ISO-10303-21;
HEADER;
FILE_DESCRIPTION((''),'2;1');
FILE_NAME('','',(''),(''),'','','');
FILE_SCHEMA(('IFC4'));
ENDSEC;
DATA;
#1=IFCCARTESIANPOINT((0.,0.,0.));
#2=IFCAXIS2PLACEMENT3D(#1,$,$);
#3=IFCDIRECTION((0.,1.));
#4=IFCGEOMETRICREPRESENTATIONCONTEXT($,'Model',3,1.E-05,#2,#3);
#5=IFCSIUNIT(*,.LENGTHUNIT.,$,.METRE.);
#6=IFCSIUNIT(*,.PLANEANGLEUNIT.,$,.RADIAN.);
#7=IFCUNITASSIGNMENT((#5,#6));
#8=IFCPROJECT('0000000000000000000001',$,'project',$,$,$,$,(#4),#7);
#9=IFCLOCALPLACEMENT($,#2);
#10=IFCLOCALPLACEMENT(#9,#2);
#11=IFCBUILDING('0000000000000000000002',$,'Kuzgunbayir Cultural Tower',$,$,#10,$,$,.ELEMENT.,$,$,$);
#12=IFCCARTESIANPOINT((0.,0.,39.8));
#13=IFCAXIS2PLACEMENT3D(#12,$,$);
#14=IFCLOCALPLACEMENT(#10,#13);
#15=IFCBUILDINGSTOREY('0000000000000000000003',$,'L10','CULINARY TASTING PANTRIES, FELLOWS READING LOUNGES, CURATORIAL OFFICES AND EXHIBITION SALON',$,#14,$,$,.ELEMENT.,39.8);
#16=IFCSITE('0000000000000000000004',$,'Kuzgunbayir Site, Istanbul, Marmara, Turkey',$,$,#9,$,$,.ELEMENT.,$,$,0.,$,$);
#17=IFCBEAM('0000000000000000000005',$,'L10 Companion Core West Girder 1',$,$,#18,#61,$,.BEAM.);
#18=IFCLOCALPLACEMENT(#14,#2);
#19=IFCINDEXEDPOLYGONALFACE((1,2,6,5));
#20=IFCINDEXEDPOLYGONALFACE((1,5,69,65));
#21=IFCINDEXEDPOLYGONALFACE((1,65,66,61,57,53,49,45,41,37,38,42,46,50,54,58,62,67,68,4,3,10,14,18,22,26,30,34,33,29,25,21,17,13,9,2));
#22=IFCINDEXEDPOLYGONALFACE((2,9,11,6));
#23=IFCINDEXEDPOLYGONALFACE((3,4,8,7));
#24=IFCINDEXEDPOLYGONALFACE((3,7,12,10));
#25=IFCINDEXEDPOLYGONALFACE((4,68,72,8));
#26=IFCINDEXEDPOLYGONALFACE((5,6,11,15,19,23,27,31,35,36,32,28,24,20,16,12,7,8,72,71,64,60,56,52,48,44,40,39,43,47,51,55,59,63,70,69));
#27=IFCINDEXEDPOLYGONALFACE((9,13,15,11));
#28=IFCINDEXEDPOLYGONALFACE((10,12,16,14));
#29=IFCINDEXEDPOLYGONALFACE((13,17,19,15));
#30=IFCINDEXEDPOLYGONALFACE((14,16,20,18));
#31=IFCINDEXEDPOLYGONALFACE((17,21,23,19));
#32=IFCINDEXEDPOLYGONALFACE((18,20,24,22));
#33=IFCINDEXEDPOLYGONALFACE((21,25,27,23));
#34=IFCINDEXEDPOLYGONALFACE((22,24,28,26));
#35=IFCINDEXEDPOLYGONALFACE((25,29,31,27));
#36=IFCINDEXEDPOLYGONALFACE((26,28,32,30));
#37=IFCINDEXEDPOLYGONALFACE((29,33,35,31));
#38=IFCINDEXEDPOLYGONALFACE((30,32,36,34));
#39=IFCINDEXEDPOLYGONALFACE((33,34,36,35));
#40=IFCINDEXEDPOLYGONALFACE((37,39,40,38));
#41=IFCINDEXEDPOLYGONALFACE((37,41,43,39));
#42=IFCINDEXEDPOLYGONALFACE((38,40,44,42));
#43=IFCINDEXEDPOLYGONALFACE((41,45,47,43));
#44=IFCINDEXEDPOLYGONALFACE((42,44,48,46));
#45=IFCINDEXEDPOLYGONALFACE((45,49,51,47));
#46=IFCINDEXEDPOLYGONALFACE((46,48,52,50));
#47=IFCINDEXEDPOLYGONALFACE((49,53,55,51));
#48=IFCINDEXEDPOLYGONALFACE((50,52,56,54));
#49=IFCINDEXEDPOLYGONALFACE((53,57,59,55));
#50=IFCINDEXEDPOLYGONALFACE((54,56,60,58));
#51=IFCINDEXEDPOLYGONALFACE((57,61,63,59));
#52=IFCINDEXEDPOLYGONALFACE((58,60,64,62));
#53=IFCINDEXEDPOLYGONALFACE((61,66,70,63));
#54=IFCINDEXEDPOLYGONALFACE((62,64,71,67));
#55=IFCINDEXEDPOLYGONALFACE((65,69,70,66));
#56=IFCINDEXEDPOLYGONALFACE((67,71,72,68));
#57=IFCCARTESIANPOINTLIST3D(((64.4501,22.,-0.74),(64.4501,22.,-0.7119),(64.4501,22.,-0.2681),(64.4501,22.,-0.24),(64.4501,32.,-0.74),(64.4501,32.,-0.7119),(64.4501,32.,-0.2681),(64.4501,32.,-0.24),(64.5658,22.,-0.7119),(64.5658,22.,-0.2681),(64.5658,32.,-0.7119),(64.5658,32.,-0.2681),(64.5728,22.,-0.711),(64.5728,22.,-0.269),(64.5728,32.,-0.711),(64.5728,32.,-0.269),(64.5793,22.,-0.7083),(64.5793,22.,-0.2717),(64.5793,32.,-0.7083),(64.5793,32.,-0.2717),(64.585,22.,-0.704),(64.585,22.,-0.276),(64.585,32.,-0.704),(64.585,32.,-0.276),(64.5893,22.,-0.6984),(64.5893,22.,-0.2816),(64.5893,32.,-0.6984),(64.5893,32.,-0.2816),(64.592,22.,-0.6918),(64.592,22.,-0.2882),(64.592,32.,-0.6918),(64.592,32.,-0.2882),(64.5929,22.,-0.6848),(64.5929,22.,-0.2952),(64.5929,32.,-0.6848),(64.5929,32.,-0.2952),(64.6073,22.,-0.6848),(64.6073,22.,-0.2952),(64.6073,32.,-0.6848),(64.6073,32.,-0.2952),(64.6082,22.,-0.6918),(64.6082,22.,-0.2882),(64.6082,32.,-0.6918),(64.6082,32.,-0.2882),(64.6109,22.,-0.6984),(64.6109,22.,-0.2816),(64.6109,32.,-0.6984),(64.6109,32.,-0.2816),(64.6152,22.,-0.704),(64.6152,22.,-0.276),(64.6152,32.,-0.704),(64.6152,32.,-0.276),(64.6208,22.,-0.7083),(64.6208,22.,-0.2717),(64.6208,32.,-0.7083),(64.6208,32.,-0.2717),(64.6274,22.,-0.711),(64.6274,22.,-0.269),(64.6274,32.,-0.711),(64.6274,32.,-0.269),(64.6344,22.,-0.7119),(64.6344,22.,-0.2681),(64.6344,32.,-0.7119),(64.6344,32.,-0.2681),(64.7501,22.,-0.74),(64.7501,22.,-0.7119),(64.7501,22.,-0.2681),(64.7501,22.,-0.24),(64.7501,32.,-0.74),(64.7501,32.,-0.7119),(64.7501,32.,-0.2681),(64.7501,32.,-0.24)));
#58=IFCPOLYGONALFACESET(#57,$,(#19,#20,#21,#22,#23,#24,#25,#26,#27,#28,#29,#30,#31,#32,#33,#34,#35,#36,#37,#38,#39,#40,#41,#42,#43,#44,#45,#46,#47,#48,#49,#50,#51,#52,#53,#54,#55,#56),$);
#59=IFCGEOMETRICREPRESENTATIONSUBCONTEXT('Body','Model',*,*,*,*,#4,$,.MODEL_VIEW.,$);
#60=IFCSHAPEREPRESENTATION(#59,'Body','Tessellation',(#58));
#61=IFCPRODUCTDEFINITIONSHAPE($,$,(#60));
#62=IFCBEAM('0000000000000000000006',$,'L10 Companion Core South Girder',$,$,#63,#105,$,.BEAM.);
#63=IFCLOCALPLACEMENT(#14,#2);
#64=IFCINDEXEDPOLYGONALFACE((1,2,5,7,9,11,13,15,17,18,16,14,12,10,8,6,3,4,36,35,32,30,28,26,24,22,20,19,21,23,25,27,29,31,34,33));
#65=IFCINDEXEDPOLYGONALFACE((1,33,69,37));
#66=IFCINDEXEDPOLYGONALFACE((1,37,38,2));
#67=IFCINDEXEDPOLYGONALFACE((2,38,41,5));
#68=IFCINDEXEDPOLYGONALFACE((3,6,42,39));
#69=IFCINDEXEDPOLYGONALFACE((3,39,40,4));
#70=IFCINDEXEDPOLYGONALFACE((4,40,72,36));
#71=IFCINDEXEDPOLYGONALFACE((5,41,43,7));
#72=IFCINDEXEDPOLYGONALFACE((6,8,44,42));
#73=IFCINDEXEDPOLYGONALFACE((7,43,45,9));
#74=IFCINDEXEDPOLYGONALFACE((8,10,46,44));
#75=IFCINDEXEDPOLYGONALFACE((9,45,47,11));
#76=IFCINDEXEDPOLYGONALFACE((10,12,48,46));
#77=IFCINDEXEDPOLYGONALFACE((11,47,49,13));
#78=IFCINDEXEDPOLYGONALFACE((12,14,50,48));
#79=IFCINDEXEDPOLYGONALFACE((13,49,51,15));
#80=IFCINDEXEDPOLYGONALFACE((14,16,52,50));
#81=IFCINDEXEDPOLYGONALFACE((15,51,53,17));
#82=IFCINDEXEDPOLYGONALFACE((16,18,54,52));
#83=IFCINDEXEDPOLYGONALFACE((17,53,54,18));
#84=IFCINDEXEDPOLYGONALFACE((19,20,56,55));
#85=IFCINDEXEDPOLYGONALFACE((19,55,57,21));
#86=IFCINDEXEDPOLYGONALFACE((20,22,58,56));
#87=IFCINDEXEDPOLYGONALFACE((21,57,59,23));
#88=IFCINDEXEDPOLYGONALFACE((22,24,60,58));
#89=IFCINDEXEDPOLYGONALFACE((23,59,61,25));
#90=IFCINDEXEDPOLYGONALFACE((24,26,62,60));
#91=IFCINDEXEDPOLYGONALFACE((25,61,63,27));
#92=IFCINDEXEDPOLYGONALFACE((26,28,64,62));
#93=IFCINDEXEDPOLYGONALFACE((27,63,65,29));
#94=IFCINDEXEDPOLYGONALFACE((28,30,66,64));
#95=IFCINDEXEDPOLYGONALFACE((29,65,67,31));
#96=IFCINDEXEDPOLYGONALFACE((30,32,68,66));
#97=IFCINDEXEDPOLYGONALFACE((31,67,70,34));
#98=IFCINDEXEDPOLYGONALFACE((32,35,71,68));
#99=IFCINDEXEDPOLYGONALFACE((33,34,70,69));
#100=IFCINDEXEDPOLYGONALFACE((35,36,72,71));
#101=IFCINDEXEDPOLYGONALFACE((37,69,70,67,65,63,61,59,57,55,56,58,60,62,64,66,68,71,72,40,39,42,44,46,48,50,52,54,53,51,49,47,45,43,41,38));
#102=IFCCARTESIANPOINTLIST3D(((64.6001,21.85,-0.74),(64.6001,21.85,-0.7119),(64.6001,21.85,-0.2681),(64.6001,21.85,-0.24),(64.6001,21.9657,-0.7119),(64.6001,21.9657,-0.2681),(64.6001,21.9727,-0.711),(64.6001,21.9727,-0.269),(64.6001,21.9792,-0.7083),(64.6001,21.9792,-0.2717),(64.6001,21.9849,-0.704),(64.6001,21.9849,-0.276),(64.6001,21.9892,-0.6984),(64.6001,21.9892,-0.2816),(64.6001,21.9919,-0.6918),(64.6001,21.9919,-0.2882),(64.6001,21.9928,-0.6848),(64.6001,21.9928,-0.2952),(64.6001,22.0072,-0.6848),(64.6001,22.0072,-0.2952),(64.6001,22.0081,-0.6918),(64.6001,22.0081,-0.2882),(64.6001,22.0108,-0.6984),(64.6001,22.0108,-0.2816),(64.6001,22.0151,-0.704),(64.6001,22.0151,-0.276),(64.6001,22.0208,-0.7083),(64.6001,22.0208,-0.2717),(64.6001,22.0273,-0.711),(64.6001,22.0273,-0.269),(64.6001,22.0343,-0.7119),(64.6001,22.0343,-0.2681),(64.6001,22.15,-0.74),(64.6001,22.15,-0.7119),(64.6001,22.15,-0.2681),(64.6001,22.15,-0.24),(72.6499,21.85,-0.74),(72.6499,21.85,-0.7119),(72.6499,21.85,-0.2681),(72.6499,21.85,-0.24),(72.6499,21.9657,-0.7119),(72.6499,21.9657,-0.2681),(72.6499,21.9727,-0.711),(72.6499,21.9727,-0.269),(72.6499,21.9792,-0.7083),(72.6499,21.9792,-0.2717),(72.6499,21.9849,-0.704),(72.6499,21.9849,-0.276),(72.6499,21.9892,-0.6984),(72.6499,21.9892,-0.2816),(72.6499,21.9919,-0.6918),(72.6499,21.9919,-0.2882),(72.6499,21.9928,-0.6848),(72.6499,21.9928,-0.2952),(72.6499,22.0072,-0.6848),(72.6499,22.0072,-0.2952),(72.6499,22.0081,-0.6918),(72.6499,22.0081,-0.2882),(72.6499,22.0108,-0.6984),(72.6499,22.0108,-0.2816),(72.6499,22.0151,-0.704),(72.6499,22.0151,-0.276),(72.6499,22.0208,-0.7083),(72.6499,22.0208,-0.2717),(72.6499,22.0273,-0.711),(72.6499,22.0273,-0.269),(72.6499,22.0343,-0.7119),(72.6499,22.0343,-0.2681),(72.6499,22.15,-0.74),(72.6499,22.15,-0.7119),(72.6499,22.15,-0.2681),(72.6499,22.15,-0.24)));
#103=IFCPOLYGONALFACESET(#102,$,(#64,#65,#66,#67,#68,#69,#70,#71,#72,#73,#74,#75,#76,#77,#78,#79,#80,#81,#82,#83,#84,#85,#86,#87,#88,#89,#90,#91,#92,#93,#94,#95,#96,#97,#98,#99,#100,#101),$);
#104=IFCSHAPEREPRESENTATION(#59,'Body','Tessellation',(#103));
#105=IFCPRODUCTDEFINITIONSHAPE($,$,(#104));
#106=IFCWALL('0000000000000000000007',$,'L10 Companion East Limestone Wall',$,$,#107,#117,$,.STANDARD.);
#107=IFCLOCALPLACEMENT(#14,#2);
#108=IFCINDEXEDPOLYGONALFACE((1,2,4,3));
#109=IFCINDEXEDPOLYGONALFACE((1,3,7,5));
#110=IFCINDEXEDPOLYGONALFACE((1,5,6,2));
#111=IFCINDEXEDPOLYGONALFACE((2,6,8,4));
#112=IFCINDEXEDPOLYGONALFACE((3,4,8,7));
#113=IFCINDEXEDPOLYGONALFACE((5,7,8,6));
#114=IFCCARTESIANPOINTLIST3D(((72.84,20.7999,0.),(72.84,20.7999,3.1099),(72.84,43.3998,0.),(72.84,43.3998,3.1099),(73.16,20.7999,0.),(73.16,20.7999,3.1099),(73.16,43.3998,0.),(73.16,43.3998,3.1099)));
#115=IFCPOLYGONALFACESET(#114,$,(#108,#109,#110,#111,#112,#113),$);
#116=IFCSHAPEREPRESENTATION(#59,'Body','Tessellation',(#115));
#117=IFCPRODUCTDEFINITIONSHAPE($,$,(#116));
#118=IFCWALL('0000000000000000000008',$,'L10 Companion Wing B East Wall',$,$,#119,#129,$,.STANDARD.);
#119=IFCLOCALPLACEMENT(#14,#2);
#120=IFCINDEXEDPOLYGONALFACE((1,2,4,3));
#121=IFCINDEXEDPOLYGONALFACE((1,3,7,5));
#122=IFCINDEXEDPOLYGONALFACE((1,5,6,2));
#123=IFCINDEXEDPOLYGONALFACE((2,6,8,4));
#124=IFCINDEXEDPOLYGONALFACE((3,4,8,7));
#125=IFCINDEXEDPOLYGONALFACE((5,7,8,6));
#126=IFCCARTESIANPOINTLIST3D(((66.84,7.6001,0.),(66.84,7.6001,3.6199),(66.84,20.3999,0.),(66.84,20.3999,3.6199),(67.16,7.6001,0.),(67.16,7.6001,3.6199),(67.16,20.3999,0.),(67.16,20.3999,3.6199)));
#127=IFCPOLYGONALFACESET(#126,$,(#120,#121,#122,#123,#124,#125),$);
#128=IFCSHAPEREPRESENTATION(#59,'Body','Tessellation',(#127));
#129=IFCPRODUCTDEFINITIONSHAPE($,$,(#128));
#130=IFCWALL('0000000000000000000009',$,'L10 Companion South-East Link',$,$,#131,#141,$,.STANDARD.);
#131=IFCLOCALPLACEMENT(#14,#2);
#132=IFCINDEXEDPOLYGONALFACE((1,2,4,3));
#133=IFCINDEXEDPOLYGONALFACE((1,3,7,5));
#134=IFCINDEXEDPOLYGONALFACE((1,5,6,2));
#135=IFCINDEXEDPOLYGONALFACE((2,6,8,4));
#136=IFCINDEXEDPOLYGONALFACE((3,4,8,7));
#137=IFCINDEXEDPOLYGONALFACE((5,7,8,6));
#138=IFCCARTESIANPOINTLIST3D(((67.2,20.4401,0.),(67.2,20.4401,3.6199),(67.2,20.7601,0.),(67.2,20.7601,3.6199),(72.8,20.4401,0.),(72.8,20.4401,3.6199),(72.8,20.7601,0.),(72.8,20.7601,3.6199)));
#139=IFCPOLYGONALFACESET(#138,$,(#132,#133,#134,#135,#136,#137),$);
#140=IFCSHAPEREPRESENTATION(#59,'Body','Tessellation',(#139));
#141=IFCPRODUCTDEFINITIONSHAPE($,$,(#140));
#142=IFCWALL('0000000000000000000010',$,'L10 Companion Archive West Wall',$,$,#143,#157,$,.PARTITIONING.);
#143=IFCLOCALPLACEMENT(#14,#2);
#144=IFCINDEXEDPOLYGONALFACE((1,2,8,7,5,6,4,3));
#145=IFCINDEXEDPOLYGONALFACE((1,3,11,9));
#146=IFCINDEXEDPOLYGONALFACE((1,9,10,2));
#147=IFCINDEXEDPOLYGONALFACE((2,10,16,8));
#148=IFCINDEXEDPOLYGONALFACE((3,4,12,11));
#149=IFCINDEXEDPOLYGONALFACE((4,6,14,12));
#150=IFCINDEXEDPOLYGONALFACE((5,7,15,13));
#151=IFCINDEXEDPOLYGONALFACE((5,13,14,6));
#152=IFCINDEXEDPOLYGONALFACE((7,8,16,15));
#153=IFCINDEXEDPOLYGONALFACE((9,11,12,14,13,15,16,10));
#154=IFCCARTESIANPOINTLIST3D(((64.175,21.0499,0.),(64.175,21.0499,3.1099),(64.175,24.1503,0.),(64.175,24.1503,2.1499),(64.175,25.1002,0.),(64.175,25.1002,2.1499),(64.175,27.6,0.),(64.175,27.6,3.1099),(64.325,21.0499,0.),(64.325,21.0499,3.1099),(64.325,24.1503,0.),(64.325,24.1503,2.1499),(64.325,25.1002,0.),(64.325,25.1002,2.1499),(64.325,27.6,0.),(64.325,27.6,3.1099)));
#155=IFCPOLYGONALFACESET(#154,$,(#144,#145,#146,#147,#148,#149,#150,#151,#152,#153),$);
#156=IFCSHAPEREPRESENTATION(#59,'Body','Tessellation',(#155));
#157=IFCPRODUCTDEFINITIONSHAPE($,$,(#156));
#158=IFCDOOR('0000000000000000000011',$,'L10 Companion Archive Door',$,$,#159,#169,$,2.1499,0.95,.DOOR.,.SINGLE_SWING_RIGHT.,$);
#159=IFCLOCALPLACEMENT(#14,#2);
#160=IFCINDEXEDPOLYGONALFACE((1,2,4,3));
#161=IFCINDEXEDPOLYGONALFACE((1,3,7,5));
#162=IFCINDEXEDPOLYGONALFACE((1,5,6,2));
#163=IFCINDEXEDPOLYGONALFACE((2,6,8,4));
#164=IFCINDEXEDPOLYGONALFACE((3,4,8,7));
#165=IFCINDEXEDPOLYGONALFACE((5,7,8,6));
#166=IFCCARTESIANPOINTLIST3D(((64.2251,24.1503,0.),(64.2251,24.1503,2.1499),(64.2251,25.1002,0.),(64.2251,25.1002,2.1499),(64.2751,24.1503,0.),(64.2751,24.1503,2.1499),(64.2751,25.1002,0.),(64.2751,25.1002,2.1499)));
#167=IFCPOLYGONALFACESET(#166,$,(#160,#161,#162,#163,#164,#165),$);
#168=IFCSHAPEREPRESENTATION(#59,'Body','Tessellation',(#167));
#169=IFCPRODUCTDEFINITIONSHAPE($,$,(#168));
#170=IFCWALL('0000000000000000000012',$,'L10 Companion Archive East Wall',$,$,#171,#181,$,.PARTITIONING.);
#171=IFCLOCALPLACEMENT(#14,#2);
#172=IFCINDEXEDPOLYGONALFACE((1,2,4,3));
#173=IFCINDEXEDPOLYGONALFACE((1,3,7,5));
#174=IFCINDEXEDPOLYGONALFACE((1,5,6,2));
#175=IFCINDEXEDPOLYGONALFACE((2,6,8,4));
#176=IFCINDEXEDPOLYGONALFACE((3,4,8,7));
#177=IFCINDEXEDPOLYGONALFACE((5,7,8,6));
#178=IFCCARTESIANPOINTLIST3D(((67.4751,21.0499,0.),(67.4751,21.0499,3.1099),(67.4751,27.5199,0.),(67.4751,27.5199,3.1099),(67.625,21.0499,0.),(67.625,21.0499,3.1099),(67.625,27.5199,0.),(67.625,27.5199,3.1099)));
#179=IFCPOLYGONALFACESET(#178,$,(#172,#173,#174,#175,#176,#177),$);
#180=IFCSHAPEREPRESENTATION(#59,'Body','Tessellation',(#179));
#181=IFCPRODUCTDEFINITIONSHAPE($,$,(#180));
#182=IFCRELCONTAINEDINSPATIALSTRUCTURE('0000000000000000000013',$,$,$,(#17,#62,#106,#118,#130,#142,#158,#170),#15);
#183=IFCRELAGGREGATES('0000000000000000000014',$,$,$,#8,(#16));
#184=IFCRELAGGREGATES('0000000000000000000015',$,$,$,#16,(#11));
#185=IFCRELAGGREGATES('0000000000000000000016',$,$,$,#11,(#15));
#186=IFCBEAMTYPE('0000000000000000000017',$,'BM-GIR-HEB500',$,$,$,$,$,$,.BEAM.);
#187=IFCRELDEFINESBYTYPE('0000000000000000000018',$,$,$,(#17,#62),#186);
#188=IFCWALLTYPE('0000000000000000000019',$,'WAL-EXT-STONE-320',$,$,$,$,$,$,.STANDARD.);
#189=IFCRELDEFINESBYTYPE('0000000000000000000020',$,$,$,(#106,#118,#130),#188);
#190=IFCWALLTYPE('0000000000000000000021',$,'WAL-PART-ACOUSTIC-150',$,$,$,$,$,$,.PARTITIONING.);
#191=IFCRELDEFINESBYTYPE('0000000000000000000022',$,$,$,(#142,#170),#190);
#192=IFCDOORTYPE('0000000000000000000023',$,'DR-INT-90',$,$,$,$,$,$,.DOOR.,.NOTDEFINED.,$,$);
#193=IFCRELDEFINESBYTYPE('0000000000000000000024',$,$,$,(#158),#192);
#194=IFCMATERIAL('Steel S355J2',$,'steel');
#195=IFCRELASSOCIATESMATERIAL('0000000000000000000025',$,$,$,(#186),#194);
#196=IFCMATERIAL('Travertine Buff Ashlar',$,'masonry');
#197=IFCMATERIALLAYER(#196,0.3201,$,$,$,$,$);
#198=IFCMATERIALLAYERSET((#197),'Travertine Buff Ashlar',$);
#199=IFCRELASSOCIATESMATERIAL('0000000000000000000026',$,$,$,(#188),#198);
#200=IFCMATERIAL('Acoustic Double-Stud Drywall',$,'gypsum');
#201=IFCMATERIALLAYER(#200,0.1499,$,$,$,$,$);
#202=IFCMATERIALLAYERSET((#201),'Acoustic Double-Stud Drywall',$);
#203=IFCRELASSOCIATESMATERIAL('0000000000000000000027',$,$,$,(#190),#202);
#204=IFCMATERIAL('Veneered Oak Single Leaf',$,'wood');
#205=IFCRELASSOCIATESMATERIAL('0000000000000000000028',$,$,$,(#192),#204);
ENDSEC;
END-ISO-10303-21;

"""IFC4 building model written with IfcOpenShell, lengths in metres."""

from ifc_helpers import new_model, si_unit, direction, frame, frame_2d, origin, origin_2d, place, context, subcontext, project, spatial, rectangle, i_section, extrude, material, layer, layer_set, material_profile, profile_set, type_object, element, fill, save


model = new_model("IFC4")

# Units and contexts
model_context = context("Model", 3, precision=1e-05, world=origin(), true_north=direction((0.0, 1.0)))
body_context = subcontext(model_context, "Body", "Model", "MODEL_VIEW")
ifc_project = project(units=[si_unit("LENGTHUNIT", "METRE"), si_unit("PLANEANGLEUNIT", "RADIAN")], contexts=[model_context])

# Site, building, storey
site_placement = place(None, origin())
site = spatial("IfcSite", under=ifc_project, at=site_placement, Name="Kuzgunbayir Site, Istanbul, Marmara, Turkey", CompositionType="ELEMENT", RefElevation=0.0)
building_placement = place(site_placement, origin())
building = spatial("IfcBuilding", under=site, at=building_placement, Name="Kuzgunbayir Cultural Tower", CompositionType="ELEMENT")
storey_placement = place(building_placement, frame((0.0, 0.0, 39.8)))
storey = spatial("IfcBuildingStorey", under=building, at=storey_placement, Name="L10", Description="CULINARY TASTING PANTRIES, FELLOWS READING LOUNGES, CURATORIAL OFFICES AND EXHIBITION SALON", CompositionType="ELEMENT", Elevation=39.8)

# Beams
ifc_material_1 = material(Name="Steel S355J2", Category="steel")
ifc_material_profile_1 = material_profile(ifc_material_1, i_section(OverallWidth=0.3, OverallDepth=0.5, WebThickness=0.0144, FlangeThickness=0.0281, FilletRadius=0.0271, at=origin_2d()), Name="HEB 500")
ifc_profile_set_1 = profile_set([ifc_material_profile_1], Name="Steel S355J2")
beam_type_1 = type_object("IfcBeamType", Name="BM-GIR-HEB500", PredefinedType="BEAM", material=ifc_profile_set_1)
beam_1_placement = place(storey_placement, frame((64.6001, 22.0, -0.49), z_axis=(0.0, 1.0, 0.0), x_axis=(-1.0, 0.0, 0.0)))
element("IfcBeam", 1, at=beam_1_placement, inside=storey, type_object=beam_type_1, Name="L10 Companion Core West Girder 1", PredefinedType="BEAM", context=body_context, shape_type="SweptSolid", body=[
    extrude(i_section(OverallWidth=0.3, OverallDepth=0.5, WebThickness=0.0144, FlangeThickness=0.0281, FilletRadius=0.0271, at=origin_2d()), origin(), (0.0, 0.0, 1.0), 10.0),
])
beam_2_placement = place(storey_placement, frame((64.6001, 22.0, -0.49), z_axis=(1.0, 0.0, 0.0), x_axis=(0.0, 1.0, 0.0)))
element("IfcBeam", 2, at=beam_2_placement, inside=storey, type_object=beam_type_1, Name="L10 Companion Core South Girder", PredefinedType="BEAM", context=body_context, shape_type="SweptSolid", body=[
    extrude(i_section(OverallWidth=0.3, OverallDepth=0.5, WebThickness=0.0144, FlangeThickness=0.0281, FilletRadius=0.0271, at=origin_2d()), origin(), (0.0, 0.0, 1.0), 8.0498),
])

# Walls
ifc_material_2 = material(Name="Travertine Buff Ashlar", Category="masonry")
ifc_layer_1 = layer(ifc_material_2, 0.3201)
ifc_layer_set_1 = layer_set([ifc_layer_1], Name="Travertine Buff Ashlar")
wall_type_1 = type_object("IfcWallType", Name="WAL-EXT-STONE-320", PredefinedType="STANDARD", material=ifc_layer_set_1)
wall_1_placement = place(storey_placement, frame((73.0, 20.8, 0.0), z_axis=(0.0, 0.0, 1.0), x_axis=(0.0, 1.0, 0.0)))
element("IfcWall", 3, at=wall_1_placement, inside=storey, type_object=wall_type_1, Name="L10 Companion East Limestone Wall", PredefinedType="STANDARD", context=body_context, shape_type="SweptSolid", body=[
    extrude(rectangle(XDim=22.5999, YDim=0.3201, at=frame_2d((11.2998, 0.0))), origin(), (0.0, 0.0, 1.0), 3.1099),
])
wall_2_placement = place(storey_placement, frame((67.0, 7.6001, 0.0), z_axis=(0.0, 0.0, 1.0), x_axis=(0.0, 1.0, 0.0)))
element("IfcWall", 4, at=wall_2_placement, inside=storey, type_object=wall_type_1, Name="L10 Companion Wing B East Wall", PredefinedType="STANDARD", context=body_context, shape_type="SweptSolid", body=[
    extrude(rectangle(XDim=12.7998, YDim=0.3201, at=frame_2d((6.3999, 0.0))), origin(), (0.0, 0.0, 1.0), 3.6199),
])
wall_3_placement = place(storey_placement, frame((67.2, 20.6001, 0.0), z_axis=(0.0, 0.0, 1.0), x_axis=(1.0, 0.0, 0.0)))
element("IfcWall", 5, at=wall_3_placement, inside=storey, type_object=wall_type_1, Name="L10 Companion South-East Link", PredefinedType="STANDARD", context=body_context, shape_type="SweptSolid", body=[
    extrude(rectangle(XDim=5.6001, YDim=0.3201, at=frame_2d((2.8, 0.0))), origin(), (0.0, 0.0, 1.0), 3.6199),
])

# Wall, opening, door
ifc_material_3 = material(Name="Acoustic Double-Stud Drywall", Category="gypsum")
ifc_layer_2 = layer(ifc_material_3, 0.1499)
ifc_layer_set_2 = layer_set([ifc_layer_2], Name="Acoustic Double-Stud Drywall")
wall_type_2 = type_object("IfcWallType", Name="WAL-PART-ACOUSTIC-150", PredefinedType="PARTITIONING", material=ifc_layer_set_2)
wall_4_placement = place(storey_placement, frame((64.25, 21.05, 0.0), z_axis=(0.0, 0.0, 1.0), x_axis=(0.0, 1.0, 0.0)))
wall_4 = element("IfcWall", 6, at=wall_4_placement, inside=storey, type_object=wall_type_2, Name="L10 Companion Archive West Wall", PredefinedType="PARTITIONING", context=body_context, shape_type="SweptSolid", body=[
    extrude(rectangle(XDim=6.55, YDim=0.1499, at=frame_2d((3.2749, 0.0))), origin(), (0.0, 0.0, 1.0), 3.1099),
])
opening_1_placement = place(wall_4_placement, frame((3.1001, 0.0, 0.0)))
opening_1 = element("IfcOpeningElement", 7, at=opening_1_placement, cuts=wall_4, PredefinedType="OPENING", context=body_context, shape_type="SweptSolid", body=[
    extrude(rectangle(XDim=0.95, YDim=2.1499, at=frame_2d((0.4751, 1.075))), frame((0.0, 0.085, 0.0), z_axis=(0.0, -1.0, 0.0), x_axis=(1.0, 0.0, 0.0)), (0.0, 0.0, 1.0), 0.1699),
])
ifc_material_4 = material(Name="Veneered Oak Single Leaf", Category="wood")
door_type_1 = type_object("IfcDoorType", Name="DR-INT-90", OperationType="NOTDEFINED", PredefinedType="DOOR", material=ifc_material_4)
door_1_placement = place(opening_1_placement, origin())
door_1 = element("IfcDoor", 8, at=door_1_placement, inside=storey, type_object=door_type_1, Name="L10 Companion Archive Door", OperationType="SINGLE_SWING_RIGHT", OverallHeight=2.1499, OverallWidth=0.95, PredefinedType="DOOR", context=body_context, shape_type="SweptSolid", body=[
    extrude(rectangle(XDim=0.95, YDim=2.1499, at=frame_2d((0.4751, 1.075))), frame((0.0, 0.0249, 0.0), z_axis=(0.0, -1.0, 0.0), x_axis=(1.0, 0.0, 0.0)), (0.0, 0.0, 1.0), 0.05),
])
fill(opening_1, door_1)

# Wall
wall_5_placement = place(storey_placement, frame((67.55, 21.05, 0.0), z_axis=(0.0, 0.0, 1.0), x_axis=(0.0, 1.0, 0.0)))
element("IfcWall", 9, at=wall_5_placement, inside=storey, type_object=wall_type_2, Name="L10 Companion Archive East Wall", PredefinedType="PARTITIONING", context=body_context, shape_type="SweptSolid", body=[
    extrude(rectangle(XDim=6.47, YDim=0.1499, at=frame_2d((3.2349, 0.0))), origin(), (0.0, 0.0, 1.0), 3.1099),
])

save(model, "model.ifc")
